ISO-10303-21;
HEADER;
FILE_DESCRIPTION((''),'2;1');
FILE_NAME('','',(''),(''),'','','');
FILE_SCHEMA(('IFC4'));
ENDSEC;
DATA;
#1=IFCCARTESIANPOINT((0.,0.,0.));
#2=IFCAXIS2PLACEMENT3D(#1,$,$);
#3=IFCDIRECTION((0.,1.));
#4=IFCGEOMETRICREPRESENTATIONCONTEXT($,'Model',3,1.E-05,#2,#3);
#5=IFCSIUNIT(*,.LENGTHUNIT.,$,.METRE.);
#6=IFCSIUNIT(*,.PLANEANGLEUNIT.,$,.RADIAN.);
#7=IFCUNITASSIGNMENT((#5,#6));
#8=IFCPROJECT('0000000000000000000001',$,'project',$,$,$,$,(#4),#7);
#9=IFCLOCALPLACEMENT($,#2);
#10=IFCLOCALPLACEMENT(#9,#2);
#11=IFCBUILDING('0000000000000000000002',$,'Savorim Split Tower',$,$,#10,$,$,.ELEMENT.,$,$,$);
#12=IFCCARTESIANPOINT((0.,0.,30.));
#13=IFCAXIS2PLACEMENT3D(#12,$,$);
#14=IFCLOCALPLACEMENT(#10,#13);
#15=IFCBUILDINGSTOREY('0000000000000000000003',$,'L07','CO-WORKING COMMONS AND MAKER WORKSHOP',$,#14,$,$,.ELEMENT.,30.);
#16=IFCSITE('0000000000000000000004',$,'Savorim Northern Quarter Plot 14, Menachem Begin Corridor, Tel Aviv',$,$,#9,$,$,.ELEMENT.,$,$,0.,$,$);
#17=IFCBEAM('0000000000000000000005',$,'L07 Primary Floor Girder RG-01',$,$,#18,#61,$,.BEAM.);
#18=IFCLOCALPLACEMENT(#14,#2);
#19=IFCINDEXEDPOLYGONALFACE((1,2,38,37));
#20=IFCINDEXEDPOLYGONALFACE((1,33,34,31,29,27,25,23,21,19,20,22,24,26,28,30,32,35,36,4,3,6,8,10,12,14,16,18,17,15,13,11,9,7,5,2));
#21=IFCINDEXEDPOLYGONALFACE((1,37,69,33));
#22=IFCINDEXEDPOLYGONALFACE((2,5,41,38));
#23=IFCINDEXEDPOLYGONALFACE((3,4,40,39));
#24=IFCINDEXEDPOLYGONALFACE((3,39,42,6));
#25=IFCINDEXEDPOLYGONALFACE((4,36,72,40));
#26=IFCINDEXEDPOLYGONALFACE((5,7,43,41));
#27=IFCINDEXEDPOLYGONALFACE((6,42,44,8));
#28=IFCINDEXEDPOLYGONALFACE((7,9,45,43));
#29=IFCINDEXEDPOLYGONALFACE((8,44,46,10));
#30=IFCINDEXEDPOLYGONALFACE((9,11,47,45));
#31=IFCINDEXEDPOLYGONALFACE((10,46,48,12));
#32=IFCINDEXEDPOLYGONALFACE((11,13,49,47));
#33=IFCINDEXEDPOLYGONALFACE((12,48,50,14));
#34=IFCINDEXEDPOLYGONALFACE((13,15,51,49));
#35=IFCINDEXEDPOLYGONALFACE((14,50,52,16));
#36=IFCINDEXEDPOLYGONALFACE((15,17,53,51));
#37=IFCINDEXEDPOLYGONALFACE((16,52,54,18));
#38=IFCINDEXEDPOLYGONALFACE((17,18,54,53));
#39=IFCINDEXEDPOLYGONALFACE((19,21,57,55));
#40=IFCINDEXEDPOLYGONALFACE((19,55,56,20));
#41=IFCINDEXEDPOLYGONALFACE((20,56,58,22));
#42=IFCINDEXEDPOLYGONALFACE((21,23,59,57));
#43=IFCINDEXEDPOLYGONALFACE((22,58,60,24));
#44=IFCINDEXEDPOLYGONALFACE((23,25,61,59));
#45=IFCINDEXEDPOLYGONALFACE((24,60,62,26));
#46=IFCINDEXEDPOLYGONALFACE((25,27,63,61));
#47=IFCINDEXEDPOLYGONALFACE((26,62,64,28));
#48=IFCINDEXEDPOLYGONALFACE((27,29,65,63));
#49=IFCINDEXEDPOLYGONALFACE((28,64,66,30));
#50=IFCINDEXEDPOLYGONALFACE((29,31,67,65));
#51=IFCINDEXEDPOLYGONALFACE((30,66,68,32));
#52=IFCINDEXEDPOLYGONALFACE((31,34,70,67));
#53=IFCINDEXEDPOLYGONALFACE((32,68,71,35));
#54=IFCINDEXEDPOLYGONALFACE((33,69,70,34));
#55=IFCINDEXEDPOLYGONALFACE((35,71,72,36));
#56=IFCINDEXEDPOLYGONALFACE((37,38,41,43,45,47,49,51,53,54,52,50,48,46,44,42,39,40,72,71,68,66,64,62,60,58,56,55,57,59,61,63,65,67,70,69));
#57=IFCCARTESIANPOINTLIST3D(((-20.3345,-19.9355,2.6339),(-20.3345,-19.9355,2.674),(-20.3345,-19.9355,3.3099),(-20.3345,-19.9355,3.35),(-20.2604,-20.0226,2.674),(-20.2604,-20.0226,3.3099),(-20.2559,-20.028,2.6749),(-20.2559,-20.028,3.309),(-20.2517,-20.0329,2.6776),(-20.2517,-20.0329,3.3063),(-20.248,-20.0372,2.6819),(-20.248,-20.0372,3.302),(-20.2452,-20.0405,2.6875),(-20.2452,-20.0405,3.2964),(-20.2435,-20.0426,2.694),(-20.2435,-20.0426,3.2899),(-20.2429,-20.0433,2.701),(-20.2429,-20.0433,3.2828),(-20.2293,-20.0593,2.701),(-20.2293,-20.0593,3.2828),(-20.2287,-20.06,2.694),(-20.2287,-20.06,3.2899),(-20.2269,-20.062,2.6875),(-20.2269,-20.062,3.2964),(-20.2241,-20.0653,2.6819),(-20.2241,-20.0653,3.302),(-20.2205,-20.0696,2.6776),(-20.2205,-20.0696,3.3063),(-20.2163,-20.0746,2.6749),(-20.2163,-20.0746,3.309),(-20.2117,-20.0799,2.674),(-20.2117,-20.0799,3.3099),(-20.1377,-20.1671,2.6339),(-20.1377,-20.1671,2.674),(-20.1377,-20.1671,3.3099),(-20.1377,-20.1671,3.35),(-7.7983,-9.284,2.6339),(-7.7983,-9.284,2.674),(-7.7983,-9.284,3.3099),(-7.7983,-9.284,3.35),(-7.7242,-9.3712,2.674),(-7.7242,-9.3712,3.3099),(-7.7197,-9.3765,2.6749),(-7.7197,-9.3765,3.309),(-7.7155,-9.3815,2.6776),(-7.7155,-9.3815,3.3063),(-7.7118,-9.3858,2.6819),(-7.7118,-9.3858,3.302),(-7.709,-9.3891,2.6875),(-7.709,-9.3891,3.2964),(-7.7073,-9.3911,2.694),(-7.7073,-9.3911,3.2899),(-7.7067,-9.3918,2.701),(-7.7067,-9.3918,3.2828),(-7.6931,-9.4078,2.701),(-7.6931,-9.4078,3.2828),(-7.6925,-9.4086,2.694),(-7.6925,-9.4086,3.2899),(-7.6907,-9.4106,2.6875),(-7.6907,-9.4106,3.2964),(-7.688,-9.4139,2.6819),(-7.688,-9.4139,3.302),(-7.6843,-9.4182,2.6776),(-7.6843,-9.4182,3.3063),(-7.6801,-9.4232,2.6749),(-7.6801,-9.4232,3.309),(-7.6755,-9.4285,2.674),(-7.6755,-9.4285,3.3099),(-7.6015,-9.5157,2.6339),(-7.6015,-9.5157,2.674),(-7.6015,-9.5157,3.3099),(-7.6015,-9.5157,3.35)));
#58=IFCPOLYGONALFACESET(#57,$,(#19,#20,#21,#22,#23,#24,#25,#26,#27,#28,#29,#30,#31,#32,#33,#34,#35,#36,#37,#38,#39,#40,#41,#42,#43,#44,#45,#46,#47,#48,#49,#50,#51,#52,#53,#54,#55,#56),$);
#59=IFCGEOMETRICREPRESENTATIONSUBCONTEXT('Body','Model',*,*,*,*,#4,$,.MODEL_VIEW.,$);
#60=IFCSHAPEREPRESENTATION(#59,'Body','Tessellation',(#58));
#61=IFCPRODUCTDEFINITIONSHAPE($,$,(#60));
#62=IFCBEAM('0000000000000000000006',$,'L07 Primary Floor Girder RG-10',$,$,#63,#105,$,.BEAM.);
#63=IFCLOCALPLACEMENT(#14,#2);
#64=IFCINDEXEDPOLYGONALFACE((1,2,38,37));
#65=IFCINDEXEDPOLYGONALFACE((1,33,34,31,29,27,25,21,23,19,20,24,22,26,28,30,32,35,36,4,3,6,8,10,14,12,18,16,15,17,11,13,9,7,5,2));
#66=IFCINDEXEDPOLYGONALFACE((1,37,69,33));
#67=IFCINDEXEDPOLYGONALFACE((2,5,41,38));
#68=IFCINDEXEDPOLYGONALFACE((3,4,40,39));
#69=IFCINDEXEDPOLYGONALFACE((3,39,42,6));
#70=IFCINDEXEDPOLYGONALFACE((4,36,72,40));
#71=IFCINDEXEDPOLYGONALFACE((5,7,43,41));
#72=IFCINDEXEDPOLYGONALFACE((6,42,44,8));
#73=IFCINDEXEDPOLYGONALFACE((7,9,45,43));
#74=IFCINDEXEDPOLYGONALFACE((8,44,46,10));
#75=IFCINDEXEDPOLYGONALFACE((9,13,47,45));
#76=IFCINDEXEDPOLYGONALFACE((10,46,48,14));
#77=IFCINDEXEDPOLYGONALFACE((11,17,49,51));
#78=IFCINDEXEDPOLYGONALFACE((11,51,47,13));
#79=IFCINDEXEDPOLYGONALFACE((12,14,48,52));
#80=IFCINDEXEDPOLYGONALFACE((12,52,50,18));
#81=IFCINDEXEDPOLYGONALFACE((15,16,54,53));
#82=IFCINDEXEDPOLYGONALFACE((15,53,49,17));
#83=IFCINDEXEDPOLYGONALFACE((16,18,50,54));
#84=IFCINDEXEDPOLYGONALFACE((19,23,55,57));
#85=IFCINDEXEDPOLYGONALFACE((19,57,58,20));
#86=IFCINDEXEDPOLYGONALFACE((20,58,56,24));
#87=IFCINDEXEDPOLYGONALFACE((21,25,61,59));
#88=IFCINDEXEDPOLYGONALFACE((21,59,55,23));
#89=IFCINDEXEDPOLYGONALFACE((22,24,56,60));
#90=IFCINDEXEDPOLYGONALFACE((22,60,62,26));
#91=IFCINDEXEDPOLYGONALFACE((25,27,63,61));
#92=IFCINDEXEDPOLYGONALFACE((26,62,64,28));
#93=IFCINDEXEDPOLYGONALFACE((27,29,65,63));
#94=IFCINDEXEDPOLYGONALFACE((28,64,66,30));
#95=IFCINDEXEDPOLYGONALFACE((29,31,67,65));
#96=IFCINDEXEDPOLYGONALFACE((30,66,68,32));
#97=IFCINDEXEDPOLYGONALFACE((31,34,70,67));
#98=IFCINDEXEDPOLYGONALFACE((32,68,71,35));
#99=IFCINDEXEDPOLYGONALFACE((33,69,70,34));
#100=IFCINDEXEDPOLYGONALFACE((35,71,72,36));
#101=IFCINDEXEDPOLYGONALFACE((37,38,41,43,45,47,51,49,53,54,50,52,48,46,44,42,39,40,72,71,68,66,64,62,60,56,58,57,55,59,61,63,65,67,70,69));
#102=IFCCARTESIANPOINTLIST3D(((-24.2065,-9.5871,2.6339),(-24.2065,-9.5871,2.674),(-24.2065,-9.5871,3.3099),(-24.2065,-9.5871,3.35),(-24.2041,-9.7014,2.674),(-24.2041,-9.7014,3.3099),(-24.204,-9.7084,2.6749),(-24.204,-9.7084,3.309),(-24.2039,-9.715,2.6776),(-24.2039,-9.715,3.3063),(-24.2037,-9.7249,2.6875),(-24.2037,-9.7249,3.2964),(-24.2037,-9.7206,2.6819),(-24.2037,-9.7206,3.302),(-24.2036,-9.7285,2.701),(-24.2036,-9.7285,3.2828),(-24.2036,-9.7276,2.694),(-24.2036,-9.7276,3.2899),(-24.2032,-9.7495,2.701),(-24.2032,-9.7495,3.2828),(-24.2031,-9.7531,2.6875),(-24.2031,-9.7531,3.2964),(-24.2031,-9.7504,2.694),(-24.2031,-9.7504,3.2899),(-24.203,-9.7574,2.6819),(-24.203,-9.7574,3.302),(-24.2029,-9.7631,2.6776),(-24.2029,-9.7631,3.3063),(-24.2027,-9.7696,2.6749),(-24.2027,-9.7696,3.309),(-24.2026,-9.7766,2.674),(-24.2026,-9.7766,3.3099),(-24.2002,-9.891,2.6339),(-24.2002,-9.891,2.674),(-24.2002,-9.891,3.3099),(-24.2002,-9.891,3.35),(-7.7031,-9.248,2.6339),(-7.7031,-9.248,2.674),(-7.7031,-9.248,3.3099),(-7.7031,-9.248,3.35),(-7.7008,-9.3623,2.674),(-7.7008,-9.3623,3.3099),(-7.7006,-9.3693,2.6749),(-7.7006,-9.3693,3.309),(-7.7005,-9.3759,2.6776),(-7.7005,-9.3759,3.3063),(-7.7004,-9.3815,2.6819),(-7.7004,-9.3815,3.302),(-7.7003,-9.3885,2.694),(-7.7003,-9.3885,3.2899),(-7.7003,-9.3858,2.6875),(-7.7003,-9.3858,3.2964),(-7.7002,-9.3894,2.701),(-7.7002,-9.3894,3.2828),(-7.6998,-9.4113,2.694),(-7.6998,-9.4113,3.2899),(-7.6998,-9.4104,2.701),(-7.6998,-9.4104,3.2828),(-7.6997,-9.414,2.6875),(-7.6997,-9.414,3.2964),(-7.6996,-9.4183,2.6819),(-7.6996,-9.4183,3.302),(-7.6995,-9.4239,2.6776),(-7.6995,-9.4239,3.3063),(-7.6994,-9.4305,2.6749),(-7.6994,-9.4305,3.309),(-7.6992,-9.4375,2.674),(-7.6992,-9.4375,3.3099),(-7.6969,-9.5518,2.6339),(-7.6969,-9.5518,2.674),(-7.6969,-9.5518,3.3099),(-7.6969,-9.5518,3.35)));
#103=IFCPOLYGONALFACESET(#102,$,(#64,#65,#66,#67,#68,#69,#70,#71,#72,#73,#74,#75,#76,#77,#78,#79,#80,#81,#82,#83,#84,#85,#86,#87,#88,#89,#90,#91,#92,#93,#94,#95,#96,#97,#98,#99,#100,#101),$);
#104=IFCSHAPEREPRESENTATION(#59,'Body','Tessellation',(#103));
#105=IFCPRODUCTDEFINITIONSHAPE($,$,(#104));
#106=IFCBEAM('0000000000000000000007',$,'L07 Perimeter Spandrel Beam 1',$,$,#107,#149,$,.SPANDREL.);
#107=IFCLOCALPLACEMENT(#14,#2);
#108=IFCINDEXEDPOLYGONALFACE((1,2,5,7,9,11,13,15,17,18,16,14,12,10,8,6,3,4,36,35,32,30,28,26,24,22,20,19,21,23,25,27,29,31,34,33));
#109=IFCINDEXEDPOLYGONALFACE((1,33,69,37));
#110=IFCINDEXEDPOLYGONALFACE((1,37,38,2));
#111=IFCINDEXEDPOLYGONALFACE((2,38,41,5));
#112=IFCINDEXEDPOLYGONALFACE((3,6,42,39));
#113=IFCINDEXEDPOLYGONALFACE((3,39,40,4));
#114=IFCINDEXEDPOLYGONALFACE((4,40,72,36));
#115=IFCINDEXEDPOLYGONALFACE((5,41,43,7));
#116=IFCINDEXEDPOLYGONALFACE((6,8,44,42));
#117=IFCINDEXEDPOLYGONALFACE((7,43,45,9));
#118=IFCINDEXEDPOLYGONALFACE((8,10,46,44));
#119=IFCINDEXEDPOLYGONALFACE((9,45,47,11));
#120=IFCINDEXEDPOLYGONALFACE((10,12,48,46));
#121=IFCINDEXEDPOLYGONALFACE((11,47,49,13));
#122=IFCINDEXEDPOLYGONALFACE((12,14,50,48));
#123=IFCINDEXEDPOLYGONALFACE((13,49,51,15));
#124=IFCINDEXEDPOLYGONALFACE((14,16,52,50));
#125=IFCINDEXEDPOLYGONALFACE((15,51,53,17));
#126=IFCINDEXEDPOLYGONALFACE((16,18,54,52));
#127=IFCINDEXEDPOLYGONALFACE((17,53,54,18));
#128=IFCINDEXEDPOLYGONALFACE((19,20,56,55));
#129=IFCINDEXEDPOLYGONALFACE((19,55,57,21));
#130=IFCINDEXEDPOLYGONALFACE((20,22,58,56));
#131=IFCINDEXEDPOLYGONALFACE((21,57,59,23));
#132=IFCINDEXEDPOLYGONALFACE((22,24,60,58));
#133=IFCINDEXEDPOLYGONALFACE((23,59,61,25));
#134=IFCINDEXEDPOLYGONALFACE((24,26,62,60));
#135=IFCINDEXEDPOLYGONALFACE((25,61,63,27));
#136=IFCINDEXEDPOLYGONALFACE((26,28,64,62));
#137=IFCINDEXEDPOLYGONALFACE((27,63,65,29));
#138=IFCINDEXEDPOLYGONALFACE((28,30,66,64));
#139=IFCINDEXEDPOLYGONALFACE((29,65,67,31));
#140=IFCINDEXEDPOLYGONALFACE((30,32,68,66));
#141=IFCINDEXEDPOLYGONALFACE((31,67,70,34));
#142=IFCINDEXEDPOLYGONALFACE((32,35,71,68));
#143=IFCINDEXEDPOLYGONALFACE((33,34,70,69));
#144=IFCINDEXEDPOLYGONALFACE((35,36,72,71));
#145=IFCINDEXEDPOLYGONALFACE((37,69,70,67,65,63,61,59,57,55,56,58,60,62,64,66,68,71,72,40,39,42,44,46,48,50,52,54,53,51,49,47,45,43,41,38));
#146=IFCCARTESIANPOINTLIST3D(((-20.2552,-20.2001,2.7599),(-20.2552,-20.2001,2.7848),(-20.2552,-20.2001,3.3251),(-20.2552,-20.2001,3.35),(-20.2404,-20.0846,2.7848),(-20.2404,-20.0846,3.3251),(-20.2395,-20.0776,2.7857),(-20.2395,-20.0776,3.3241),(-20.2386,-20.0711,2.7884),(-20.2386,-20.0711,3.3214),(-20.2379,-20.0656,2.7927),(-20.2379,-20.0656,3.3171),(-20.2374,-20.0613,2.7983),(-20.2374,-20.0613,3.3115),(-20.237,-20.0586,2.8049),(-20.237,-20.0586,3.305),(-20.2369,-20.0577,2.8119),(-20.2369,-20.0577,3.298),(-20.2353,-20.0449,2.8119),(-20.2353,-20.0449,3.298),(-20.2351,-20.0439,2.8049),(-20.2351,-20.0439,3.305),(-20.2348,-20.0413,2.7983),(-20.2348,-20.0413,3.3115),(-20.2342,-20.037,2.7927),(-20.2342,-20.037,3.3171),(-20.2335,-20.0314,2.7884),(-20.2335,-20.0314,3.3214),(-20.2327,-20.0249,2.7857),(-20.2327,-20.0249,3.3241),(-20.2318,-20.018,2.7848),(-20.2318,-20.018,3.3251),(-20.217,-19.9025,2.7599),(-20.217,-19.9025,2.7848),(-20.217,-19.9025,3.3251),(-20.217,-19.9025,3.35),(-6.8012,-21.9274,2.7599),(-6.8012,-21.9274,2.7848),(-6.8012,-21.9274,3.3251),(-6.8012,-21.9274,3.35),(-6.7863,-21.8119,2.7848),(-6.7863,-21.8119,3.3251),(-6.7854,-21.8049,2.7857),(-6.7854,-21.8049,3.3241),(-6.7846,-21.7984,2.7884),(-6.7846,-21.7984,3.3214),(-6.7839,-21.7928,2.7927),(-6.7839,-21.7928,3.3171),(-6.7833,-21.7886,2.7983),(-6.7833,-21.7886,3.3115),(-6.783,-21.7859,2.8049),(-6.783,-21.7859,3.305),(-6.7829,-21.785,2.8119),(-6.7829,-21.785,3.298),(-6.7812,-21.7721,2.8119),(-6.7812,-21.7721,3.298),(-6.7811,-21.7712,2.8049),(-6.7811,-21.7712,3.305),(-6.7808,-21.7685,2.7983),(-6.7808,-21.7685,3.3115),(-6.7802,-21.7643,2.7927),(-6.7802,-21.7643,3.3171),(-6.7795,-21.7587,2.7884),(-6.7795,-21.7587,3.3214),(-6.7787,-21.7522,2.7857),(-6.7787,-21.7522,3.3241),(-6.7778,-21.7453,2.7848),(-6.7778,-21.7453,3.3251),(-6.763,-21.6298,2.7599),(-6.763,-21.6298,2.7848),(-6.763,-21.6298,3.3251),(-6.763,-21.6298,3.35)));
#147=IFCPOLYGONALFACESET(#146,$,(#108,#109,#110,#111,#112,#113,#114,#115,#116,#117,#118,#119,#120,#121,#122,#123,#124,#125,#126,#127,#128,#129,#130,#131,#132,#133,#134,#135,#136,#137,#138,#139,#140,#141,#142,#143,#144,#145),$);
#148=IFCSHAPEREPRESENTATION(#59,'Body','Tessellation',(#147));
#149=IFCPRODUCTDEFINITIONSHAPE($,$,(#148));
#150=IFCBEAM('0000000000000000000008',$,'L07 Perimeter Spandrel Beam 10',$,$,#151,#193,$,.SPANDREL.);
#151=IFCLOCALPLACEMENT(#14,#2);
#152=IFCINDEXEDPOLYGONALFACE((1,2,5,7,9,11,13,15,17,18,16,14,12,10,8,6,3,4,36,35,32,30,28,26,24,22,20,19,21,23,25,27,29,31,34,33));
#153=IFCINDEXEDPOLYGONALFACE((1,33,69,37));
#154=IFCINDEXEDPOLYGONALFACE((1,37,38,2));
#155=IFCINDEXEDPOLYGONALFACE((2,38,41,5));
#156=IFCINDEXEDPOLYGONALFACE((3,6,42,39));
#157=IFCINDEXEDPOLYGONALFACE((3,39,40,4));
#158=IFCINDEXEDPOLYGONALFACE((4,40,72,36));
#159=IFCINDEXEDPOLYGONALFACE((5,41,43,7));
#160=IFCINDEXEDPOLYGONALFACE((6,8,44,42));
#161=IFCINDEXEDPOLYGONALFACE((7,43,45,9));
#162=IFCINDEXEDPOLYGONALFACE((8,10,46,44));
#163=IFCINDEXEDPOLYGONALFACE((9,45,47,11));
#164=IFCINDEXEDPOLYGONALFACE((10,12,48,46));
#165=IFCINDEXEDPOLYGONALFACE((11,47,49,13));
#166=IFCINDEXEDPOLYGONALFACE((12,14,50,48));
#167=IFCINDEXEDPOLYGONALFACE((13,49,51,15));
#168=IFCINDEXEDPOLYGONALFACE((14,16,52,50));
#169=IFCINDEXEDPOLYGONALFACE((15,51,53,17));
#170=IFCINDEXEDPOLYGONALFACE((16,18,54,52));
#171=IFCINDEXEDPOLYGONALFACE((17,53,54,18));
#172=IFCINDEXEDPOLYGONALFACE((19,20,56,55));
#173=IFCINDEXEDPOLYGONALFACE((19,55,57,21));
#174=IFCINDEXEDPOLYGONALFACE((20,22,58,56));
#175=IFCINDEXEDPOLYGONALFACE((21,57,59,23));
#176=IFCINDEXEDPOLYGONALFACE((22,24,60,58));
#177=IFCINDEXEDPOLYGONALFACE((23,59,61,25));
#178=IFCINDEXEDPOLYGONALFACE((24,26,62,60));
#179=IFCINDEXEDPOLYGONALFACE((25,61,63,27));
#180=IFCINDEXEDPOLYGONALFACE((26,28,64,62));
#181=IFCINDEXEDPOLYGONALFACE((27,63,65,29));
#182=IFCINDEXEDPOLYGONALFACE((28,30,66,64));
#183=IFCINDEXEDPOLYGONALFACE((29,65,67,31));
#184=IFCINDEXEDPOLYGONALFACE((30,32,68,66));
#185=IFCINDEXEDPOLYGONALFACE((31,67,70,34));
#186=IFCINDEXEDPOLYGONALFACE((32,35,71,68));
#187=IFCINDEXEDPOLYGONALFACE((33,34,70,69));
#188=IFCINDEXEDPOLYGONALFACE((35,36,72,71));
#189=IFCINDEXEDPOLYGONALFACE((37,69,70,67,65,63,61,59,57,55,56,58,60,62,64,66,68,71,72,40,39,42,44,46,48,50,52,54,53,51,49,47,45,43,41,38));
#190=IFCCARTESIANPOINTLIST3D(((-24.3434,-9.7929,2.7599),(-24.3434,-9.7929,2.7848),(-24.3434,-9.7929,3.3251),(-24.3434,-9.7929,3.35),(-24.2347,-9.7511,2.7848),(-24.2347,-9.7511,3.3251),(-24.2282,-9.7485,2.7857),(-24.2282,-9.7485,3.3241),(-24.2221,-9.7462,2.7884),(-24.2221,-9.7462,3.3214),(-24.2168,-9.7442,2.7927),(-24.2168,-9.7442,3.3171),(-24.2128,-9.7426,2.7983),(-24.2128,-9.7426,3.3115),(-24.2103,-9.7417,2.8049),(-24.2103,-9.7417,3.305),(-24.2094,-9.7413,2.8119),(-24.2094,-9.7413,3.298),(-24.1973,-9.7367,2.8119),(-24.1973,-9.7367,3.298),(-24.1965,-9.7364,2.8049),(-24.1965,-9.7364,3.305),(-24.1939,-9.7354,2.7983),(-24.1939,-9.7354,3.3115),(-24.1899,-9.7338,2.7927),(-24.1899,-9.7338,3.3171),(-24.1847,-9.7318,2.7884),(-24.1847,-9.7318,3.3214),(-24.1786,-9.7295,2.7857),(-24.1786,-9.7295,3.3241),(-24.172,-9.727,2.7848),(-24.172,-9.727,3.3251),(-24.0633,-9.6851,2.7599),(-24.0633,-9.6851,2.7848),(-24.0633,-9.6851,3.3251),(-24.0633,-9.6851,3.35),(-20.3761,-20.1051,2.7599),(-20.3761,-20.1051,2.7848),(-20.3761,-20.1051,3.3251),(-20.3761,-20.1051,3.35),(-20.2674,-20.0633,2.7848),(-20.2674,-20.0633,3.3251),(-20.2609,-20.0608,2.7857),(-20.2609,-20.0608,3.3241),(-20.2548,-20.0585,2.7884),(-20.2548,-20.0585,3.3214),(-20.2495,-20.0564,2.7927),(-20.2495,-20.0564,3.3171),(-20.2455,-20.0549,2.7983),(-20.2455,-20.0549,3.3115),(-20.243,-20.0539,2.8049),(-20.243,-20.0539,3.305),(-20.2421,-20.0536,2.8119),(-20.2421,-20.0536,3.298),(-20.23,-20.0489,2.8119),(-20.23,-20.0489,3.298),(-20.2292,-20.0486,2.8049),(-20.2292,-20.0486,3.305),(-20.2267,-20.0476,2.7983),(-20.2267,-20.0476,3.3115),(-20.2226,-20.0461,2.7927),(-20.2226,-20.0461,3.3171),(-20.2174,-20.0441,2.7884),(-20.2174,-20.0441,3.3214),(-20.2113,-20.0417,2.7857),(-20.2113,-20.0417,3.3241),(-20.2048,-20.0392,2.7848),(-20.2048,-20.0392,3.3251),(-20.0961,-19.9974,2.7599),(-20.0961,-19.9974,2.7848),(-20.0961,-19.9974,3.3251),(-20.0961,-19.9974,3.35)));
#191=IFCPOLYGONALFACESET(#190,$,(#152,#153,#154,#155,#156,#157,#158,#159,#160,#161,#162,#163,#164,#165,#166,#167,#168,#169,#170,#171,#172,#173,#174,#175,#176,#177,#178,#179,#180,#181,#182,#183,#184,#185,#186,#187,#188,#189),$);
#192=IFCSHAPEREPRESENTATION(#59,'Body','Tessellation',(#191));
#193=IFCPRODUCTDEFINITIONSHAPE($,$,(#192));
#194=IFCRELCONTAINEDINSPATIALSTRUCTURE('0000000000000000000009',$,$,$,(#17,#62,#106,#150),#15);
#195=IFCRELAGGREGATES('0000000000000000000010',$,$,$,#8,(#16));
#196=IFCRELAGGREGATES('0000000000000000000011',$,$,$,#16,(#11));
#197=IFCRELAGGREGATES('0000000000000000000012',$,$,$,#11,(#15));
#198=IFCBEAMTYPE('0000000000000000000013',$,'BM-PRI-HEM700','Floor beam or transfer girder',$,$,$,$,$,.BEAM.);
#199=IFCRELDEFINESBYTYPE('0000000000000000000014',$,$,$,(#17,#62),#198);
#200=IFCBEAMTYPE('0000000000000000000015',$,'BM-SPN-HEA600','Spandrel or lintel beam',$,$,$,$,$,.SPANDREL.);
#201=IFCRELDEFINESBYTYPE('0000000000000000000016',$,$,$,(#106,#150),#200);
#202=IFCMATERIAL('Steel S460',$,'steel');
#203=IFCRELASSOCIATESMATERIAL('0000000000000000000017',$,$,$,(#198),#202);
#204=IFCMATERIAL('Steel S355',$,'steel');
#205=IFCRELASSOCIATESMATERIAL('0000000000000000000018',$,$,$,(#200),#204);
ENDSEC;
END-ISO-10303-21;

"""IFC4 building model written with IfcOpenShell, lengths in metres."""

from ifc_helpers import new_model, si_unit, direction, frame, origin, origin_2d, place, context, subcontext, project, spatial, i_section, extrude, material, material_profile, profile_set, type_object, element, save


model = new_model("IFC4")

# Units and contexts
model_context = context("Model", 3, precision=1e-05, world=origin(), true_north=direction((0.0, 1.0)))
body_context = subcontext(model_context, "Body", "Model", "MODEL_VIEW")
ifc_project = project(units=[si_unit("LENGTHUNIT", "METRE"), si_unit("PLANEANGLEUNIT", "RADIAN")], contexts=[model_context])

# Site, building, storey
site_placement = place(None, origin())
site = spatial("IfcSite", under=ifc_project, at=site_placement, Name="Savorim Northern Quarter Plot 14, Menachem Begin Corridor, Tel Aviv", CompositionType="ELEMENT", RefElevation=0.0)
building_placement = place(site_placement, origin())
building = spatial("IfcBuilding", under=site, at=building_placement, Name="Savorim Split Tower", CompositionType="ELEMENT")
storey_placement = place(building_placement, frame((0.0, 0.0, 30.0)))
storey = spatial("IfcBuildingStorey", under=building, at=storey_placement, Name="L07", Description="CO-WORKING COMMONS AND MAKER WORKSHOP", CompositionType="ELEMENT", Elevation=30.0)

# Shared definitions
ifc_material_1 = material(Name="Steel S460", Category="steel")

# Beams
ifc_material_2 = material(Name="Steel S355", Category="steel")
ifc_material_profile_1 = material_profile(ifc_material_1, i_section(OverallWidth=0.304, OverallDepth=0.7161, WebThickness=0.021, FlangeThickness=0.04, FilletRadius=0.0271, at=origin_2d()), Name="HE 700 M")
ifc_profile_set_1 = profile_set([ifc_material_profile_1], Name="Steel S460")
beam_type_1 = type_object("IfcBeamType", Name="BM-PRI-HEM700", Description="Floor beam or transfer girder", PredefinedType="BEAM", material=ifc_profile_set_1)
beam_1_placement = place(storey_placement, frame((-20.2361, -20.0513, 2.9919), z_axis=(0.76207, 0.647495, 0.0), x_axis=(-0.647495, 0.76207, 0.0)))
element("IfcBeam", 1, at=beam_1_placement, inside=storey, type_object=beam_type_1, Name="L07 Primary Floor Girder RG-01", PredefinedType="BEAM", context=body_context, shape_type="SweptSolid", body=[
    extrude(i_section(OverallWidth=0.304, OverallDepth=0.7161, WebThickness=0.021, FlangeThickness=0.04, FilletRadius=0.0271, at=origin_2d()), origin(), (0.0, 0.0, 1.0), 16.4502),
])
beam_2_placement = place(storey_placement, frame((-24.2034, -9.739, 2.9919), z_axis=(0.999789, 0.020544, 0.0), x_axis=(-0.020544, 0.999789, 0.0)))
element("IfcBeam", 2, at=beam_2_placement, inside=storey, type_object=beam_type_1, Name="L07 Primary Floor Girder RG-10", PredefinedType="BEAM", context=body_context, shape_type="SweptSolid", body=[
    extrude(i_section(OverallWidth=0.304, OverallDepth=0.7161, WebThickness=0.021, FlangeThickness=0.04, FilletRadius=0.0271, at=origin_2d()), origin(), (0.0, 0.0, 1.0), 16.5068),
])
ifc_material_profile_2 = material_profile(ifc_material_2, i_section(OverallWidth=0.3, OverallDepth=0.5901, WebThickness=0.0129, FlangeThickness=0.0249, FilletRadius=0.0271, at=origin_2d()), Name="HEA 600")
ifc_profile_set_2 = profile_set([ifc_material_profile_2], Name="Steel S355")
beam_type_2 = type_object("IfcBeamType", Name="BM-SPN-HEA600", Description="Spandrel or lintel beam", PredefinedType="SPANDREL", material=ifc_profile_set_2)
beam_3_placement = place(storey_placement, frame((-20.2361, -20.0513, 3.0549), z_axis=(0.991859, -0.127339, 0.0), x_axis=(0.127339, 0.991859, 0.0)))
element("IfcBeam", 3, at=beam_3_placement, inside=storey, type_object=beam_type_2, Name="L07 Perimeter Spandrel Beam 1", PredefinedType="SPANDREL", context=body_context, shape_type="SweptSolid", body=[
    extrude(i_section(OverallWidth=0.3, OverallDepth=0.5901, WebThickness=0.0129, FlangeThickness=0.0249, FilletRadius=0.0271, at=origin_2d()), origin(), (0.0, 0.0, 1.0), 13.5645),
])
beam_4_placement = place(storey_placement, frame((-24.2034, -9.739, 3.0549), z_axis=(0.359061, -0.933314, 0.0), x_axis=(0.933314, 0.359061, 0.0)))
element("IfcBeam", 4, at=beam_4_placement, inside=storey, type_object=beam_type_2, Name="L07 Perimeter Spandrel Beam 10", PredefinedType="SPANDREL", context=body_context, shape_type="SweptSolid", body=[
    extrude(i_section(OverallWidth=0.3, OverallDepth=0.5901, WebThickness=0.0129, FlangeThickness=0.0249, FilletRadius=0.0271, at=origin_2d()), origin(), (0.0, 0.0, 1.0), 11.0491),
])

save(model, "model.ifc")
